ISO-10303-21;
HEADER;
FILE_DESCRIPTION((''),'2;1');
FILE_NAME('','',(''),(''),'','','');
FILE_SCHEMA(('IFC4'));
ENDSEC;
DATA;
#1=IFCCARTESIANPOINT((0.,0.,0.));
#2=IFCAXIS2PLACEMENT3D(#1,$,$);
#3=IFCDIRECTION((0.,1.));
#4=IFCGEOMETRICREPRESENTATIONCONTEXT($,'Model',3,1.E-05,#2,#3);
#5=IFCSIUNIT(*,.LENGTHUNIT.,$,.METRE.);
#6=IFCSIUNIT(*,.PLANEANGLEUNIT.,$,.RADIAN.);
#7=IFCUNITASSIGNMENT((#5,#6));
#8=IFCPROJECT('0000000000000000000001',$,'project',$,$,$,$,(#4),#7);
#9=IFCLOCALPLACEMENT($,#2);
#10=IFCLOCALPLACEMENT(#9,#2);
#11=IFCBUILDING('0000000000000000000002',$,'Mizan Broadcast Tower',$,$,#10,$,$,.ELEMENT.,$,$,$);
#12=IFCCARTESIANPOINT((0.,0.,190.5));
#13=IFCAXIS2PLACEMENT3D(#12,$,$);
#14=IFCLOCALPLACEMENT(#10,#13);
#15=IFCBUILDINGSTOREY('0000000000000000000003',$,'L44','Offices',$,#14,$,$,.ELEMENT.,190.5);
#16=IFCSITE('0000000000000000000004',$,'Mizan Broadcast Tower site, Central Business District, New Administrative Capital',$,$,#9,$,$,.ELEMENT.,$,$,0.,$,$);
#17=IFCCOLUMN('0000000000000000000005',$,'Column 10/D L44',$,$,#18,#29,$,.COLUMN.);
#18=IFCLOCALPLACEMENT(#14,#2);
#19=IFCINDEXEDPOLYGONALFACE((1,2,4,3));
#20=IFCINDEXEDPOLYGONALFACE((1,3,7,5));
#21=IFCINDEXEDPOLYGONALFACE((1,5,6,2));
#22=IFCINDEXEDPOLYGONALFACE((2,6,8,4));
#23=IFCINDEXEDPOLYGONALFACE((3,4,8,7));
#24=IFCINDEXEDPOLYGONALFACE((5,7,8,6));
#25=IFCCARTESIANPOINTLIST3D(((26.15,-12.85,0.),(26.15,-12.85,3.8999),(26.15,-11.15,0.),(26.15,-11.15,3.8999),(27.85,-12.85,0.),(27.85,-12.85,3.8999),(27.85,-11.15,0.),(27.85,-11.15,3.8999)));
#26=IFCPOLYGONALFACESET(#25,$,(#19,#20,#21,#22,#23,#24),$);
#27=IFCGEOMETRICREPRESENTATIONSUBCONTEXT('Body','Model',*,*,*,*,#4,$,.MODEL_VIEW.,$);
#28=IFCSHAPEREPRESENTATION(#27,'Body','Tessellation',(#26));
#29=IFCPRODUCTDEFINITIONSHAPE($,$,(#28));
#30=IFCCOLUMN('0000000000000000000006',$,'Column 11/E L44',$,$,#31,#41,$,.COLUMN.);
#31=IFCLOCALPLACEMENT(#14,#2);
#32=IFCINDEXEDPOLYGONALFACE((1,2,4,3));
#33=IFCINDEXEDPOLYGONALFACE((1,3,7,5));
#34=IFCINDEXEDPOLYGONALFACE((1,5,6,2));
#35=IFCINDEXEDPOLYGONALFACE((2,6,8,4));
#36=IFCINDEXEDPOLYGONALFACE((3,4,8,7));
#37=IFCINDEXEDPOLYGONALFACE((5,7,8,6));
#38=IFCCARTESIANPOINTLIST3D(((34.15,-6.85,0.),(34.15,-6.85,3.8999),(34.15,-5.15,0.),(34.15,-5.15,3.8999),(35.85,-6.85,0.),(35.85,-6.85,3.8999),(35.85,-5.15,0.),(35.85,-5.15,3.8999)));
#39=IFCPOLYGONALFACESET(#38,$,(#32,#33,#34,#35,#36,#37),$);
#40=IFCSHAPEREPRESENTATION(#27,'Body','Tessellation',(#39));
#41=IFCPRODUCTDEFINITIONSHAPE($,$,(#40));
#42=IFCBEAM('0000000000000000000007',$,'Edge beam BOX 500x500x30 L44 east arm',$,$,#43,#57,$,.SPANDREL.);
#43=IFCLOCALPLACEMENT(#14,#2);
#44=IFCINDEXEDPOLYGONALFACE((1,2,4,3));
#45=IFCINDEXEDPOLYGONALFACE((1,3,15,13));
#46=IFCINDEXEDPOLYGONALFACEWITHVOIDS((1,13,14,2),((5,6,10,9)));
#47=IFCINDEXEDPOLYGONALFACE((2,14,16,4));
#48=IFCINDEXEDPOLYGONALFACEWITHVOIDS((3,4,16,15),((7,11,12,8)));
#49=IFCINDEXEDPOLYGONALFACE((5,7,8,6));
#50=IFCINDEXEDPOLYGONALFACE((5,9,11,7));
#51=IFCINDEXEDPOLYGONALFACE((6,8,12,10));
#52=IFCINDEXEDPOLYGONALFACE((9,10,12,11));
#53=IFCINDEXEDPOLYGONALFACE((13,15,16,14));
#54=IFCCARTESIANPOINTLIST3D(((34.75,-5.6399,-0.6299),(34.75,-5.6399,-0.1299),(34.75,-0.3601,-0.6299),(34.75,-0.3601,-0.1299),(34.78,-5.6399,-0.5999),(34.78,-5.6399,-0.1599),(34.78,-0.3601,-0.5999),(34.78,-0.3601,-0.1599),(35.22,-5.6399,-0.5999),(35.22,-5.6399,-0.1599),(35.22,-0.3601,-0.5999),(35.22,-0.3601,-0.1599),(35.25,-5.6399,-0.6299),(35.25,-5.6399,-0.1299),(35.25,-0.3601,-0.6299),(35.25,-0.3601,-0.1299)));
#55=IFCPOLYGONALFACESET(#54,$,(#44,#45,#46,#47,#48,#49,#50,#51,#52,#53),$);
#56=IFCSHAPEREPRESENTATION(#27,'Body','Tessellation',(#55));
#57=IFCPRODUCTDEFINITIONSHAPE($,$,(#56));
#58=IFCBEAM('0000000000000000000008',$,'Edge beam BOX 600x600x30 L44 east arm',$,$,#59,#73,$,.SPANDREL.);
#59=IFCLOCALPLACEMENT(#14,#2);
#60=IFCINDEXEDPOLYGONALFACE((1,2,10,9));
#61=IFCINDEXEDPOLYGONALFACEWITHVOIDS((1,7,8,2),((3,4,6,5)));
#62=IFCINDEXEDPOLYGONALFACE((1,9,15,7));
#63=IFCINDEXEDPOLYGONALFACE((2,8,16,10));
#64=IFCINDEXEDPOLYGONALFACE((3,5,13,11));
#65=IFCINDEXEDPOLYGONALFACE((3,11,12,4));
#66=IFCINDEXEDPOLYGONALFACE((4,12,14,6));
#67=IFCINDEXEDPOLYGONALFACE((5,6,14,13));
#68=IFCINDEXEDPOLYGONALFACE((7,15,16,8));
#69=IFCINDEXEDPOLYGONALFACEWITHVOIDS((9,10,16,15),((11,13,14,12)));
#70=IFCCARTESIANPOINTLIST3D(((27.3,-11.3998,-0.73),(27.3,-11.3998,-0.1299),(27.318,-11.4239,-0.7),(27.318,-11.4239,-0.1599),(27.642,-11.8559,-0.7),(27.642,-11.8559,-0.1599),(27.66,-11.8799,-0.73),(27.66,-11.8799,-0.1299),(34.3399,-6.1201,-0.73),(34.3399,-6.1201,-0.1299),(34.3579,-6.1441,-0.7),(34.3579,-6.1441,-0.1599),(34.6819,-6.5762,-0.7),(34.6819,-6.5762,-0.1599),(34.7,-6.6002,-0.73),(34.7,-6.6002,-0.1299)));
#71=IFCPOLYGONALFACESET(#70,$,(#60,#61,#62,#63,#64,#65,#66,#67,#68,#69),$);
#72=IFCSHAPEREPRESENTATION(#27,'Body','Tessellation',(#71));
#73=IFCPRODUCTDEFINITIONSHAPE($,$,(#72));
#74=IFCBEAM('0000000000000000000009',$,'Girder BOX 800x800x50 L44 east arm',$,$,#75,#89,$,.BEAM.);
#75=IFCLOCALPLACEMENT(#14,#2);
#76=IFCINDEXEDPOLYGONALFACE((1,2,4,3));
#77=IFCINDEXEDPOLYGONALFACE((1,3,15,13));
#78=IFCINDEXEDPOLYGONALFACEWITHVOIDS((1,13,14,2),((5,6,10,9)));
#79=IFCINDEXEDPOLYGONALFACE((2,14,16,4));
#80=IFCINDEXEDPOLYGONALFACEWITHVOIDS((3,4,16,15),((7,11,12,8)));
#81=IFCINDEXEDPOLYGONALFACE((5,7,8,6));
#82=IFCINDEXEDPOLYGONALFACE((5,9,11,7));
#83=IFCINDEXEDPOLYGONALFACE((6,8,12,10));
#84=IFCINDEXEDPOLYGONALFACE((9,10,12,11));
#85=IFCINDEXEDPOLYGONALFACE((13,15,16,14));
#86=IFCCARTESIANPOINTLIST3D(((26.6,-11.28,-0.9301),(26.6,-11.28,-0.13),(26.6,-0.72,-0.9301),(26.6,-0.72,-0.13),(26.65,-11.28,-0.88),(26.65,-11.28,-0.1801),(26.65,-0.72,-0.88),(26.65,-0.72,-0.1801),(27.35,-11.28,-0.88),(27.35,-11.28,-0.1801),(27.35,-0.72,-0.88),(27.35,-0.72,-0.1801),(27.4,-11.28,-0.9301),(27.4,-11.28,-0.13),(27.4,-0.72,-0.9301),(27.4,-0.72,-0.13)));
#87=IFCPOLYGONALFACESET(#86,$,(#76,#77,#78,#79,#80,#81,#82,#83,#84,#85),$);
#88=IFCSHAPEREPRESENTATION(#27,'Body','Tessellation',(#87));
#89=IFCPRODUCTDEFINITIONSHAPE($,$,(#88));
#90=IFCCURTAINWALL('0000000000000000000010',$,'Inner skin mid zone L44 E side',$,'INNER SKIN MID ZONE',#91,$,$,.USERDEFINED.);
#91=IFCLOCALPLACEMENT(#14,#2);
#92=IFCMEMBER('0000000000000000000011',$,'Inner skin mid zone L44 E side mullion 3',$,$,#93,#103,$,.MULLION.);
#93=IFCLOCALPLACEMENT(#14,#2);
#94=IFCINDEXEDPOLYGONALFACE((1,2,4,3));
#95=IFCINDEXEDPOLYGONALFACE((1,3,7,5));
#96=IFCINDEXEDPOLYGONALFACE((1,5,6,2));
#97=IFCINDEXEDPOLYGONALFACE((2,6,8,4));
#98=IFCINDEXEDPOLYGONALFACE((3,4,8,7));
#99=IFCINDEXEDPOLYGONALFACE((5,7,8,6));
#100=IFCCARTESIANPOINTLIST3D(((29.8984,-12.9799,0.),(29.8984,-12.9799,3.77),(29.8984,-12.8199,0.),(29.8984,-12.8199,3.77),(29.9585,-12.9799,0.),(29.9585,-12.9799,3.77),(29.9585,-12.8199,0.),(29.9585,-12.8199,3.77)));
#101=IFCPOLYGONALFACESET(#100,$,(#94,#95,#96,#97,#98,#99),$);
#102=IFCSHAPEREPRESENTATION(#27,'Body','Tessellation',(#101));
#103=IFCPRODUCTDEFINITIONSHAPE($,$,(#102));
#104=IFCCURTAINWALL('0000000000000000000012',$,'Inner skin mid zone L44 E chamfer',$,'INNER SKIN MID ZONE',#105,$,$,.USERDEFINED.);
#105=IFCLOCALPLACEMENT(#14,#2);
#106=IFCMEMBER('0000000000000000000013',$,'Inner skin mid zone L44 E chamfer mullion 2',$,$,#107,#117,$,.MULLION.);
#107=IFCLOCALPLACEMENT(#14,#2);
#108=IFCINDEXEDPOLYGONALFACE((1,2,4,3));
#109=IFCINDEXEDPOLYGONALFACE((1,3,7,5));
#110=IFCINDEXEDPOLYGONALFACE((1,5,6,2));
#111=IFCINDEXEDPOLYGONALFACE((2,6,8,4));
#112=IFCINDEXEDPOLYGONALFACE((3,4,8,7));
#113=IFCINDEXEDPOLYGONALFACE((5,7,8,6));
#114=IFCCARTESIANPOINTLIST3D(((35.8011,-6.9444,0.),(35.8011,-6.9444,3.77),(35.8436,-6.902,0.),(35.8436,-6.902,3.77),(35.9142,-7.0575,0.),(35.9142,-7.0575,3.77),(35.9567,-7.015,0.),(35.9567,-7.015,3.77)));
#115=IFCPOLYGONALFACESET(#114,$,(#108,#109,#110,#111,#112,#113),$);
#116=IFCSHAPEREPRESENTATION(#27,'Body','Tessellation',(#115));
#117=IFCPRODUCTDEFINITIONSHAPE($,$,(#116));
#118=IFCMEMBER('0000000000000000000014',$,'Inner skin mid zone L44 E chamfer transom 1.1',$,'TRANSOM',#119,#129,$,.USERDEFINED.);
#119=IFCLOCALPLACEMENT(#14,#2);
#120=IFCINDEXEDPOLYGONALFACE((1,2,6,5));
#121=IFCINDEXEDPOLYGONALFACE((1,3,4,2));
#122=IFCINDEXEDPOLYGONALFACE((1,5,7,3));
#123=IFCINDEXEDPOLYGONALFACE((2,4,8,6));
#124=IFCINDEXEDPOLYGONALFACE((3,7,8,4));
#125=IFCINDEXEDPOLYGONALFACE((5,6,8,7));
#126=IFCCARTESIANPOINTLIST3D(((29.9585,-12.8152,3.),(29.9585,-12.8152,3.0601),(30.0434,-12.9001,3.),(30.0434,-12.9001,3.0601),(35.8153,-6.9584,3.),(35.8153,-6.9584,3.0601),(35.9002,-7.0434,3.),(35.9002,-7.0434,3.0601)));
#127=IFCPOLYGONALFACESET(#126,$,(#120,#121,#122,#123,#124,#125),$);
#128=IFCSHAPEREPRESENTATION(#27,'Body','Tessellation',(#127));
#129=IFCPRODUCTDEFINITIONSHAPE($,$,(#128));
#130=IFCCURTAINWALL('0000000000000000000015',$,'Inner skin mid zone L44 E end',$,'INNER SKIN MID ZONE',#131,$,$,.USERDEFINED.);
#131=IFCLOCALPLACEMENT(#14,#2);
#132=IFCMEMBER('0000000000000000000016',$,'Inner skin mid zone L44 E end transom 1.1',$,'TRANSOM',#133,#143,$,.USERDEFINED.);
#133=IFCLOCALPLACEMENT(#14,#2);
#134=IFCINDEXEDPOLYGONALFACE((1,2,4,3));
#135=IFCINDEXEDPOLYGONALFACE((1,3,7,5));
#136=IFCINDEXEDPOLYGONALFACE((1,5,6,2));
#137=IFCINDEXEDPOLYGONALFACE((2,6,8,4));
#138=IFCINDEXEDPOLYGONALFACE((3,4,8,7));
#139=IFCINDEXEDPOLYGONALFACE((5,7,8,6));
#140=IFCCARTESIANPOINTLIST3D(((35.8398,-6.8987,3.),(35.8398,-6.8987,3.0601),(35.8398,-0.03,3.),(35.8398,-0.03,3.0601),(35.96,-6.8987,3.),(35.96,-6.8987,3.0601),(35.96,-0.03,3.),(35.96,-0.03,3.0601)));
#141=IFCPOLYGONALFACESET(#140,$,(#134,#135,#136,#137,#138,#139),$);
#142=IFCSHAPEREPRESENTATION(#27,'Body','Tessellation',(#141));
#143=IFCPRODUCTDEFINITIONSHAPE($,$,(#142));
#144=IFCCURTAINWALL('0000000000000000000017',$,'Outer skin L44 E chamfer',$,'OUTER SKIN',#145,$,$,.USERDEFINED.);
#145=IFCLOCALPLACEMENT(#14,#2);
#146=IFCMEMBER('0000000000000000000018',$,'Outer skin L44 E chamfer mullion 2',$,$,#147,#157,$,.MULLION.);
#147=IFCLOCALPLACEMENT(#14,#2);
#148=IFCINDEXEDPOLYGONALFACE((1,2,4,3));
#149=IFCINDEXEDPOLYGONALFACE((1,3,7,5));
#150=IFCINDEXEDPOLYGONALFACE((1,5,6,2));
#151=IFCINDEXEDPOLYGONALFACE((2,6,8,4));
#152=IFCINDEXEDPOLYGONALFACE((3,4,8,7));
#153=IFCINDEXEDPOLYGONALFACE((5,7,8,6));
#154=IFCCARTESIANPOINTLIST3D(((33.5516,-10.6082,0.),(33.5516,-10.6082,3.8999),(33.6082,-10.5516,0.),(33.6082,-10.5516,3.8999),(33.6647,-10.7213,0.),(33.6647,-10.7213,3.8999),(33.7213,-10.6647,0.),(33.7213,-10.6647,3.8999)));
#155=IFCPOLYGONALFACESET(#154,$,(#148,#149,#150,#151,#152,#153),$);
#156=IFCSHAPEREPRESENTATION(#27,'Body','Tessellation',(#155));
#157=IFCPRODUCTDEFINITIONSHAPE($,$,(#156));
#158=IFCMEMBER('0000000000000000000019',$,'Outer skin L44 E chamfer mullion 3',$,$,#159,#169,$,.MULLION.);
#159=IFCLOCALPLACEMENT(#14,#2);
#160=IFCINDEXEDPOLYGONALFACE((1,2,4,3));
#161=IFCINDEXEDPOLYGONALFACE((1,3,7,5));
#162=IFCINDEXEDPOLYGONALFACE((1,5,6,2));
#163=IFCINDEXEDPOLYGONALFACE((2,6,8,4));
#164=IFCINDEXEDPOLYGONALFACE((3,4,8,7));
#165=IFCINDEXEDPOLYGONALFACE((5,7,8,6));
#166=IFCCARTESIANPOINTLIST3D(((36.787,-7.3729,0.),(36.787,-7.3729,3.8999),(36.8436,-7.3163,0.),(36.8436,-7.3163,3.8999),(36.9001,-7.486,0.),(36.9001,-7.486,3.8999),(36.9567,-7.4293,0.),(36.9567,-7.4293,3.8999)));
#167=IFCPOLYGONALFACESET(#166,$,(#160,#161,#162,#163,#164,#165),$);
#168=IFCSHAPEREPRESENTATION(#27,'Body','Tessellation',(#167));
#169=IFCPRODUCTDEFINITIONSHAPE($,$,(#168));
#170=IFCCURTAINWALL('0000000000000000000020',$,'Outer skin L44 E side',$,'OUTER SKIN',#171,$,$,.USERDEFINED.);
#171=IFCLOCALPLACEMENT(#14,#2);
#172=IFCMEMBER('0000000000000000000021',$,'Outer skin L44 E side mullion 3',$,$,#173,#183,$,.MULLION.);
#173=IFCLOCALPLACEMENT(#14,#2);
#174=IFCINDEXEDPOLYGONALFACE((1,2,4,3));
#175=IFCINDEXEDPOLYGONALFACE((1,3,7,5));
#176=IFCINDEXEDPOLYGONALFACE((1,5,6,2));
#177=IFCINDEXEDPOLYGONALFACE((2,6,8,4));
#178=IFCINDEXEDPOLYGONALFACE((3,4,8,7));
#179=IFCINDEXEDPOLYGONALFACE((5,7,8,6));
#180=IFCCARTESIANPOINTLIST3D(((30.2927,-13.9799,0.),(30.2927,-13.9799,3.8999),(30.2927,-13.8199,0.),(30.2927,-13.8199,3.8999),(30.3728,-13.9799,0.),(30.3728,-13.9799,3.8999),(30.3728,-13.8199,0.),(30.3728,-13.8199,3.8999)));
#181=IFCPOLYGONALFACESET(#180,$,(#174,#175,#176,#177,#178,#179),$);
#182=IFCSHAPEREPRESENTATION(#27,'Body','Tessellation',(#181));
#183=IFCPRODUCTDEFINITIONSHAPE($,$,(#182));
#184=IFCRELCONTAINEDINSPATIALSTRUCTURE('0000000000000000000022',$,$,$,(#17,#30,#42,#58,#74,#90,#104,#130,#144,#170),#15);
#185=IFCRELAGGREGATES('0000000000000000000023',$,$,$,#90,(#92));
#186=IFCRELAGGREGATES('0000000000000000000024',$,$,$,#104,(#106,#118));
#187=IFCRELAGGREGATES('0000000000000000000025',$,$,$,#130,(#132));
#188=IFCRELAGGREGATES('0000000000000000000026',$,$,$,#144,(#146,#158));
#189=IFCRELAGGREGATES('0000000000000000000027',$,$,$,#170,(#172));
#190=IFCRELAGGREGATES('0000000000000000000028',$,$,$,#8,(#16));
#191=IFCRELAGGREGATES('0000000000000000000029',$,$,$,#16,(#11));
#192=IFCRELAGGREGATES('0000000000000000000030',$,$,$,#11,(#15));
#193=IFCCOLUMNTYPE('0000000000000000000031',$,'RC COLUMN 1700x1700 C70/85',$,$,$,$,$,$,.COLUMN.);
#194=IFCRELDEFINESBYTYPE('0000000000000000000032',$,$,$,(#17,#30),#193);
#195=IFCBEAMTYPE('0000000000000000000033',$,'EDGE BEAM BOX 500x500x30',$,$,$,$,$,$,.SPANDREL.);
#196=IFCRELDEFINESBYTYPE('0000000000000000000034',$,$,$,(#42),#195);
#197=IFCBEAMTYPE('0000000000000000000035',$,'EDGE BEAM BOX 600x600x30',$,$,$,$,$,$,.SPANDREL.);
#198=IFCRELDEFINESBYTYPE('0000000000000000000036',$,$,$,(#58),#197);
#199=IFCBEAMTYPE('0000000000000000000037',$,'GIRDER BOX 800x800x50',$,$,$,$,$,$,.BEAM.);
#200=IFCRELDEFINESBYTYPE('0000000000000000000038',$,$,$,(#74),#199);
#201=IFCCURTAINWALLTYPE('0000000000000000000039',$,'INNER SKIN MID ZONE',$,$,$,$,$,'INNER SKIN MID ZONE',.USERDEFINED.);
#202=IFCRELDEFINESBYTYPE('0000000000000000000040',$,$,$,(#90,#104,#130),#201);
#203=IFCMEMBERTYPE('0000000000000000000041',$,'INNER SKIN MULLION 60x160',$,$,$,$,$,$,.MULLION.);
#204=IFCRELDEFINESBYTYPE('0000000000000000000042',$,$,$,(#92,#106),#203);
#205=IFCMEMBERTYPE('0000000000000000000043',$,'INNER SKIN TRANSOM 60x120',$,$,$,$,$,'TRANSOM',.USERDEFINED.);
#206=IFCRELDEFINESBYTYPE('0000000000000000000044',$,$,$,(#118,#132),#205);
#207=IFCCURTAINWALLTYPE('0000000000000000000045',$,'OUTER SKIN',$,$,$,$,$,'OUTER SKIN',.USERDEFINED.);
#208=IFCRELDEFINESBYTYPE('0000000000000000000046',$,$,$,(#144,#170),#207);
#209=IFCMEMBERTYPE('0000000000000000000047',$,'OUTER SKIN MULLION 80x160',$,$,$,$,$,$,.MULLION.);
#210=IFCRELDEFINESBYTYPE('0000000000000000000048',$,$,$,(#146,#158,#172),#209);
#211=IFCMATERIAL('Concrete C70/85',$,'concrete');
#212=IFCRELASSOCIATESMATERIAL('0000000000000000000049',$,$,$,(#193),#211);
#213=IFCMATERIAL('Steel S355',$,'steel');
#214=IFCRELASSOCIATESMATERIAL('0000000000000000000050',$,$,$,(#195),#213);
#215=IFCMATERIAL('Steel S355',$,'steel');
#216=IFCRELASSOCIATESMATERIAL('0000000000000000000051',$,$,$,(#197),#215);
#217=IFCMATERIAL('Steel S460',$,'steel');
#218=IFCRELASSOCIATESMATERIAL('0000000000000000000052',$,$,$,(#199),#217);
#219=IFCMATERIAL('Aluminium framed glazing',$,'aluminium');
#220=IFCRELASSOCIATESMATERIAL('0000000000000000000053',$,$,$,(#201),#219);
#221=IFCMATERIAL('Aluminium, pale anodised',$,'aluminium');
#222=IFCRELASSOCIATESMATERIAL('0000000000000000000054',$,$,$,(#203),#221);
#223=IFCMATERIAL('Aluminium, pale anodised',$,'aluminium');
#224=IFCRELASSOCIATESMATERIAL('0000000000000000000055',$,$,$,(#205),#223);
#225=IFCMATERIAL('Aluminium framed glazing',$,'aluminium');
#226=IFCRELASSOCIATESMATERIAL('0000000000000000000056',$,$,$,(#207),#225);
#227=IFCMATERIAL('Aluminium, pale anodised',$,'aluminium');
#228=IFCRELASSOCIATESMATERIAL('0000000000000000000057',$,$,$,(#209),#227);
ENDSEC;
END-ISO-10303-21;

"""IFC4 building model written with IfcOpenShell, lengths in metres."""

from ifc_helpers import new_model, si_unit, direction, frame, origin, origin_2d, place, context, subcontext, project, spatial, rectangle, hollow_rectangle, extrude, material, material_profile, profile_set, type_object, element, aggregate, save


model = new_model("IFC4")

# Units and contexts
model_context = context("Model", 3, precision=1e-05, world=origin(), true_north=direction((0.0, 1.0)))
body_context = subcontext(model_context, "Body", "Model", "MODEL_VIEW")
ifc_project = project(units=[si_unit("LENGTHUNIT", "METRE"), si_unit("PLANEANGLEUNIT", "RADIAN")], contexts=[model_context])

# Site, building, storey
site_placement = place(None, origin())
site = spatial("IfcSite", under=ifc_project, at=site_placement, Name="Mizan Broadcast Tower site, Central Business District, New Administrative Capital", CompositionType="ELEMENT", RefElevation=0.0)
building_placement = place(site_placement, origin())
building = spatial("IfcBuilding", under=site, at=building_placement, Name="Mizan Broadcast Tower", CompositionType="ELEMENT")
storey_placement = place(building_placement, frame((0.0, 0.0, 190.5)))
storey = spatial("IfcBuildingStorey", under=building, at=storey_placement, Name="L44", Description="Offices", CompositionType="ELEMENT", Elevation=190.5)

# Columns
ifc_material_1 = material(Name="Concrete C70/85", Category="concrete")
ifc_material_profile_1 = material_profile(ifc_material_1, rectangle(XDim=1.7, YDim=1.7, at=origin_2d()), Name="RC 1700x1700")
ifc_profile_set_1 = profile_set([ifc_material_profile_1], Name="Concrete C70/85")
column_type = type_object("IfcColumnType", Name="RC COLUMN 1700x1700 C70/85", PredefinedType="COLUMN", material=ifc_profile_set_1)
for number, where, z_axis, x_axis, name in (
    (1, (27.0, -12.0, 0.0), (0.0, 0.0, 1.0), (1.0, 0.0, 0.0), "Column 10/D L44"),
    (2, (35.0, -6.0, 0.0), (0.0, 0.0, 1.0), (1.0, 0.0, 0.0), "Column 11/E L44"),
):
    element("IfcColumn", number, at=place(storey_placement, frame(where, z_axis=z_axis, x_axis=x_axis)), inside=storey, type_object=column_type, Name=name, PredefinedType="COLUMN", context=body_context, shape_type="SweptSolid", body=[
        extrude(rectangle(XDim=1.7, YDim=1.7, at=origin_2d()), origin(), (0.0, 0.0, 1.0), 3.8999),
    ])

# Beams
ifc_material_2 = material(Name="Steel S355", Category="steel")
ifc_material_profile_2 = material_profile(ifc_material_2, hollow_rectangle(XDim=0.5, YDim=0.5, WallThickness=0.03, at=origin_2d()), Name="BOX 500x500x30")
ifc_profile_set_2 = profile_set([ifc_material_profile_2], Name="Steel S355")
beam_type_1 = type_object("IfcBeamType", Name="EDGE BEAM BOX 500x500x30", PredefinedType="SPANDREL", material=ifc_profile_set_2)
beam_1_placement = place(storey_placement, frame((35.0, -5.6399, -0.3799), z_axis=(0.0, 1.0, 0.0), x_axis=(-1.0, 0.0, 0.0)))
element("IfcBeam", 3, at=beam_1_placement, inside=storey, type_object=beam_type_1, Name="Edge beam BOX 500x500x30 L44 east arm", PredefinedType="SPANDREL", context=body_context, shape_type="SweptSolid", body=[
    extrude(hollow_rectangle(XDim=0.5, YDim=0.5, WallThickness=0.03, at=origin_2d()), origin(), (0.0, 0.0, 1.0), 5.2798),
])
ifc_material_3 = material(Name="Steel S355", Category="steel")
ifc_material_profile_3 = material_profile(ifc_material_3, hollow_rectangle(XDim=0.6001, YDim=0.6001, WallThickness=0.03, at=origin_2d()), Name="BOX 600x600x30")
ifc_profile_set_3 = profile_set([ifc_material_profile_3], Name="Steel S355")
beam_type_2 = type_object("IfcBeamType", Name="EDGE BEAM BOX 600x600x30", PredefinedType="SPANDREL", material=ifc_profile_set_3)
beam_2_placement = place(storey_placement, frame((27.48, -11.6399, -0.4299), z_axis=(0.800013, 0.599982, 0.0), x_axis=(-0.599982, 0.800013, 0.0)))
element("IfcBeam", 4, at=beam_2_placement, inside=storey, type_object=beam_type_2, Name="Edge beam BOX 600x600x30 L44 east arm", PredefinedType="SPANDREL", context=body_context, shape_type="SweptSolid", body=[
    extrude(hollow_rectangle(XDim=0.6001, YDim=0.6001, WallThickness=0.03, at=origin_2d()), origin(), (0.0, 0.0, 1.0), 8.7998),
])
ifc_material_4 = material(Name="Steel S460", Category="steel")
ifc_material_profile_4 = material_profile(ifc_material_4, hollow_rectangle(XDim=0.8, YDim=0.8, WallThickness=0.05, at=origin_2d()), Name="BOX 800x800x50")
ifc_profile_set_4 = profile_set([ifc_material_profile_4], Name="Steel S460")
beam_type_3 = type_object("IfcBeamType", Name="GIRDER BOX 800x800x50", PredefinedType="BEAM", material=ifc_profile_set_4)
beam_3_placement = place(storey_placement, frame((27.0, -11.28, -0.53), z_axis=(0.0, 1.0, 0.0), x_axis=(-1.0, 0.0, 0.0)))
element("IfcBeam", 5, at=beam_3_placement, inside=storey, type_object=beam_type_3, Name="Girder BOX 800x800x50 L44 east arm", PredefinedType="BEAM", context=body_context, shape_type="SweptSolid", body=[
    extrude(hollow_rectangle(XDim=0.8, YDim=0.8, WallThickness=0.05, at=origin_2d()), origin(), (0.0, 0.0, 1.0), 10.5601),
])

# Curtain wall, member
ifc_material_5 = material(Name="Aluminium framed glazing", Category="aluminium")
curtain_wall_type_1 = type_object("IfcCurtainWallType", Name="INNER SKIN MID ZONE", ElementType="INNER SKIN MID ZONE", PredefinedType="USERDEFINED", material=ifc_material_5)
curtain_wall_1_placement = place(storey_placement, origin())
curtain_wall_1 = element("IfcCurtainWall", 6, at=curtain_wall_1_placement, inside=storey, type_object=curtain_wall_type_1, Name="Inner skin mid zone L44 E side", ObjectType="INNER SKIN MID ZONE", PredefinedType="USERDEFINED")
ifc_material_6 = material(Name="Aluminium, pale anodised", Category="aluminium")
ifc_material_profile_5 = material_profile(ifc_material_6, rectangle(XDim=0.1599, YDim=0.0601, at=origin_2d()), Name="MULLION 160x60")
ifc_profile_set_5 = profile_set([ifc_material_profile_5], Name="Aluminium, pale anodised")
member_type_1 = type_object("IfcMemberType", Name="INNER SKIN MULLION 60x160", PredefinedType="MULLION", material=ifc_profile_set_5)
member_1_placement = place(storey_placement, frame((29.9285, -12.8999, 0.0), z_axis=(0.0, 0.0, 1.0), x_axis=(0.0, 1.0, 0.0)))
member_1 = element("IfcMember", 7, at=member_1_placement, type_object=member_type_1, Name="Inner skin mid zone L44 E side mullion 3", PredefinedType="MULLION", context=body_context, shape_type="SweptSolid", body=[
    extrude(rectangle(XDim=0.1599, YDim=0.0601, at=origin_2d()), origin(), (0.0, 0.0, 1.0), 3.77),
])

# Curtain wall, members
curtain_wall_2_placement = place(storey_placement, origin())
curtain_wall_2 = element("IfcCurtainWall", 8, at=curtain_wall_2_placement, inside=storey, type_object=curtain_wall_type_1, Name="Inner skin mid zone L44 E chamfer", ObjectType="INNER SKIN MID ZONE", PredefinedType="USERDEFINED")
member_2_placement = place(storey_placement, frame((35.8789, -6.9797, 0.0), z_axis=(0.0, 0.0, 1.0), x_axis=(-0.707107, 0.707107, 0.0)))
member_2 = element("IfcMember", 9, at=member_2_placement, type_object=member_type_1, Name="Inner skin mid zone L44 E chamfer mullion 2", PredefinedType="MULLION", context=body_context, shape_type="SweptSolid", body=[
    extrude(rectangle(XDim=0.1599, YDim=0.0601, at=origin_2d()), origin(), (0.0, 0.0, 1.0), 3.77),
])
ifc_material_7 = material(Name="Aluminium, pale anodised", Category="aluminium")
ifc_material_profile_6 = material_profile(ifc_material_7, rectangle(XDim=0.1201, YDim=0.0601, at=origin_2d()), Name="TRANSOM 120x60")
ifc_profile_set_6 = profile_set([ifc_material_profile_6], Name="Aluminium, pale anodised")
member_type_2 = type_object("IfcMemberType", Name="INNER SKIN TRANSOM 60x120", ElementType="TRANSOM", PredefinedType="USERDEFINED", material=ifc_profile_set_6)
member_3_placement = place(storey_placement, frame((30.001, -12.8577, 3.03), z_axis=(0.707107, 0.707107, 0.0), x_axis=(-0.707107, 0.707107, 0.0)))
member_3 = element("IfcMember", 10, at=member_3_placement, type_object=member_type_2, Name="Inner skin mid zone L44 E chamfer transom 1.1", ObjectType="TRANSOM", PredefinedType="USERDEFINED", context=body_context, shape_type="SweptSolid", body=[
    extrude(rectangle(XDim=0.1201, YDim=0.0601, at=origin_2d()), origin(), (0.0, 0.0, 1.0), 8.2827),
])

# Curtain wall, member
curtain_wall_3_placement = place(storey_placement, origin())
curtain_wall_3 = element("IfcCurtainWall", 11, at=curtain_wall_3_placement, inside=storey, type_object=curtain_wall_type_1, Name="Inner skin mid zone L44 E end", ObjectType="INNER SKIN MID ZONE", PredefinedType="USERDEFINED")
member_4_placement = place(storey_placement, frame((35.8999, -6.8987, 3.03), z_axis=(0.0, 1.0, 0.0), x_axis=(-1.0, 0.0, 0.0)))
member_4 = element("IfcMember", 12, at=member_4_placement, type_object=member_type_2, Name="Inner skin mid zone L44 E end transom 1.1", ObjectType="TRANSOM", PredefinedType="USERDEFINED", context=body_context, shape_type="SweptSolid", body=[
    extrude(rectangle(XDim=0.1201, YDim=0.0601, at=origin_2d()), origin(), (0.0, 0.0, 1.0), 6.8687),
])

# Curtain wall, members
ifc_material_8 = material(Name="Aluminium framed glazing", Category="aluminium")
curtain_wall_type_2 = type_object("IfcCurtainWallType", Name="OUTER SKIN", ElementType="OUTER SKIN", PredefinedType="USERDEFINED", material=ifc_material_8)
curtain_wall_4_placement = place(storey_placement, origin())
curtain_wall_4 = element("IfcCurtainWall", 13, at=curtain_wall_4_placement, inside=storey, type_object=curtain_wall_type_2, Name="Outer skin L44 E chamfer", ObjectType="OUTER SKIN", PredefinedType="USERDEFINED")
ifc_material_9 = material(Name="Aluminium, pale anodised", Category="aluminium")
ifc_material_profile_7 = material_profile(ifc_material_9, rectangle(XDim=0.1599, YDim=0.0801, at=origin_2d()), Name="MULLION 160x80")
ifc_profile_set_7 = profile_set([ifc_material_profile_7], Name="Aluminium, pale anodised")
member_type_3 = type_object("IfcMemberType", Name="OUTER SKIN MULLION 80x160", PredefinedType="MULLION", material=ifc_profile_set_7)
member_5_placement = place(storey_placement, frame((33.6365, -10.6365, 0.0), z_axis=(0.0, 0.0, 1.0), x_axis=(-0.707107, 0.707107, 0.0)))
member_5 = element("IfcMember", 14, at=member_5_placement, type_object=member_type_3, Name="Outer skin L44 E chamfer mullion 2", PredefinedType="MULLION", context=body_context, shape_type="SweptSolid", body=[
    extrude(rectangle(XDim=0.1599, YDim=0.0801, at=origin_2d()), origin(), (0.0, 0.0, 1.0), 3.8999),
])
member_6_placement = place(storey_placement, frame((36.8718, -7.4011, 0.0), z_axis=(0.0, 0.0, 1.0), x_axis=(-0.707107, 0.707107, 0.0)))
member_6 = element("IfcMember", 15, at=member_6_placement, type_object=member_type_3, Name="Outer skin L44 E chamfer mullion 3", PredefinedType="MULLION", context=body_context, shape_type="SweptSolid", body=[
    extrude(rectangle(XDim=0.1599, YDim=0.0801, at=origin_2d()), origin(), (0.0, 0.0, 1.0), 3.8999),
])

# Curtain wall, member
curtain_wall_5_placement = place(storey_placement, origin())
curtain_wall_5 = element("IfcCurtainWall", 16, at=curtain_wall_5_placement, inside=storey, type_object=curtain_wall_type_2, Name="Outer skin L44 E side", ObjectType="OUTER SKIN", PredefinedType="USERDEFINED")
member_7_placement = place(storey_placement, frame((30.3328, -13.8999, 0.0), z_axis=(0.0, 0.0, 1.0), x_axis=(0.0, 1.0, 0.0)))
member_7 = element("IfcMember", 17, at=member_7_placement, type_object=member_type_3, Name="Outer skin L44 E side mullion 3", PredefinedType="MULLION", context=body_context, shape_type="SweptSolid", body=[
    extrude(rectangle(XDim=0.1599, YDim=0.0801, at=origin_2d()), origin(), (0.0, 0.0, 1.0), 3.8999),
])

aggregate(curtain_wall_1, [member_1])
aggregate(curtain_wall_2, [member_2, member_3])
aggregate(curtain_wall_3, [member_4])
aggregate(curtain_wall_4, [member_5, member_6])
aggregate(curtain_wall_5, [member_7])

save(model, "model.ifc")
